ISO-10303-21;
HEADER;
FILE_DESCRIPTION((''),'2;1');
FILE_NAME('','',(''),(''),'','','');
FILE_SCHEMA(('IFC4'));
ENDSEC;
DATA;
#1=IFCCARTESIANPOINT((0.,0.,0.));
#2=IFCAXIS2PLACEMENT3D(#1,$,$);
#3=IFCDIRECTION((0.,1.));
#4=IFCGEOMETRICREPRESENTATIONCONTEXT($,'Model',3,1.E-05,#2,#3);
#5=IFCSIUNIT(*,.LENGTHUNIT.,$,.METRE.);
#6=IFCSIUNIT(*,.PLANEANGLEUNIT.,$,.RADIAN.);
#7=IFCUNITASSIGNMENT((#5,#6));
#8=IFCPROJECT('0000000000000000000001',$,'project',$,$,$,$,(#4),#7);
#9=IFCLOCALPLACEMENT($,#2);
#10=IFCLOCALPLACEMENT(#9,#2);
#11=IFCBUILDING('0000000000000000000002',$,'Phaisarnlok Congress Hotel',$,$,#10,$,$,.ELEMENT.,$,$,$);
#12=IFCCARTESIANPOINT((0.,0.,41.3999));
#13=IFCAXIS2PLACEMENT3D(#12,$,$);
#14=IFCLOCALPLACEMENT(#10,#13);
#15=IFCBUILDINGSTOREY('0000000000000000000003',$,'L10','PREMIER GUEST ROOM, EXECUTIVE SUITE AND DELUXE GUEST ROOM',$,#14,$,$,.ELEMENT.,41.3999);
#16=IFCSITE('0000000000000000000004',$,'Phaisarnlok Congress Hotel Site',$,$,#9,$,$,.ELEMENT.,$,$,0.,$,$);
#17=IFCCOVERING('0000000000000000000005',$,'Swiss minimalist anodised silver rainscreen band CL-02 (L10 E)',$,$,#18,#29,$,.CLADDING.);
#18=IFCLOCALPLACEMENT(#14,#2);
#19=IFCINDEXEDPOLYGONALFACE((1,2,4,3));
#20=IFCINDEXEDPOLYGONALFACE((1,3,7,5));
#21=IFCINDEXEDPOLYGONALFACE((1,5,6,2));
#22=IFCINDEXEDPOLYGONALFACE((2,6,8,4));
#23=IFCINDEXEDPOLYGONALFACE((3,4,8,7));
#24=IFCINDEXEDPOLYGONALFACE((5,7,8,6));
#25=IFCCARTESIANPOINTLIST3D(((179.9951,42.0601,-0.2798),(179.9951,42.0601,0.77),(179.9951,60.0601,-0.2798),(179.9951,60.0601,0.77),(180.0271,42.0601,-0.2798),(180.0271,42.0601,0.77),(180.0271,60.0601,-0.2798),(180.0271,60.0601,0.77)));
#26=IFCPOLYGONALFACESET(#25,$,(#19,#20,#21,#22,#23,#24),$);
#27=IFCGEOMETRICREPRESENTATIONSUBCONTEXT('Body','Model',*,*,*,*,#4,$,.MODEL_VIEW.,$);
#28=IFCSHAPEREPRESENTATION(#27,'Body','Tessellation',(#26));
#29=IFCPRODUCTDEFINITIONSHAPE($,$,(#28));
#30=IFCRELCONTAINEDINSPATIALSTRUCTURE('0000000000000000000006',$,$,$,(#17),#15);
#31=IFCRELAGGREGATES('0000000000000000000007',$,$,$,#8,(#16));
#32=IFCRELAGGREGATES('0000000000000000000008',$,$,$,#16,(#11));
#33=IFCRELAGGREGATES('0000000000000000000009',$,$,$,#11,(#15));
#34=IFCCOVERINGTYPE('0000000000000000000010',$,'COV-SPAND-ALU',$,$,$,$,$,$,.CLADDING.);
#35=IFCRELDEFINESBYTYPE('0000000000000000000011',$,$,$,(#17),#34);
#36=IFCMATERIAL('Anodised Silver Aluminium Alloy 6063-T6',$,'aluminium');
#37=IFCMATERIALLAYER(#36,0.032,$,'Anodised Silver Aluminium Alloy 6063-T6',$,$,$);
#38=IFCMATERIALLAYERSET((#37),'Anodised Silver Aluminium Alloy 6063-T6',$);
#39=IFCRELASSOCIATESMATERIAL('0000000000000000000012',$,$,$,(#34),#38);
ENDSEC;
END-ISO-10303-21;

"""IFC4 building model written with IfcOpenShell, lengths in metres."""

from ifc_helpers import new_model, si_unit, direction, frame, origin, place, context, subcontext, project, spatial, polyline, outline, extrude, material, layer, layer_set, type_object, element, save


model = new_model("IFC4")

# Units and contexts
model_context = context("Model", 3, precision=1e-05, world=origin(), true_north=direction((0.0, 1.0)))
body_context = subcontext(model_context, "Body", "Model", "MODEL_VIEW")
ifc_project = project(units=[si_unit("LENGTHUNIT", "METRE"), si_unit("PLANEANGLEUNIT", "RADIAN")], contexts=[model_context])

# Site, building, storey
site_placement = place(None, origin())
site = spatial("IfcSite", under=ifc_project, at=site_placement, Name="Phaisarnlok Congress Hotel Site", CompositionType="ELEMENT", RefElevation=0.0)
building_placement = place(site_placement, origin())
building = spatial("IfcBuilding", under=site, at=building_placement, Name="Phaisarnlok Congress Hotel", CompositionType="ELEMENT")
storey_placement = place(building_placement, frame((0.0, 0.0, 41.3999)))
storey = spatial("IfcBuildingStorey", under=building, at=storey_placement, Name="L10", Description="PREMIER GUEST ROOM, EXECUTIVE SUITE AND DELUXE GUEST ROOM", CompositionType="ELEMENT", Elevation=41.3999)

# Covering
ifc_material_1 = material(Name="Anodised Silver Aluminium Alloy 6063-T6", Category="aluminium")
ifc_layer_1 = layer(ifc_material_1, 0.032, Name="Anodised Silver Aluminium Alloy 6063-T6")
ifc_layer_set_1 = layer_set([ifc_layer_1], Name="Anodised Silver Aluminium Alloy 6063-T6")
covering_type = type_object("IfcCoveringType", Name="COV-SPAND-ALU", PredefinedType="CLADDING", material=ifc_layer_set_1)
covering_placement = place(storey_placement, frame((179.9951, 42.0601, -0.2798), z_axis=(1.0, 0.0, 0.0), x_axis=(0.0, 1.0, 0.0)))
element("IfcCovering", 1, at=covering_placement, inside=storey, type_object=covering_type, Name="Swiss minimalist anodised silver rainscreen band CL-02 (L10 E)", PredefinedType="CLADDING", context=body_context, shape_type="SweptSolid", body=[
    extrude(outline(polyline([(0.0, 0.0), (18.0, 0.0), (18.0, 1.0498), (0.0, 1.0498), (0.0, 0.0)])), origin(), (0.0, 0.0, 1.0), 0.032),
])

save(model, "model.ifc")
